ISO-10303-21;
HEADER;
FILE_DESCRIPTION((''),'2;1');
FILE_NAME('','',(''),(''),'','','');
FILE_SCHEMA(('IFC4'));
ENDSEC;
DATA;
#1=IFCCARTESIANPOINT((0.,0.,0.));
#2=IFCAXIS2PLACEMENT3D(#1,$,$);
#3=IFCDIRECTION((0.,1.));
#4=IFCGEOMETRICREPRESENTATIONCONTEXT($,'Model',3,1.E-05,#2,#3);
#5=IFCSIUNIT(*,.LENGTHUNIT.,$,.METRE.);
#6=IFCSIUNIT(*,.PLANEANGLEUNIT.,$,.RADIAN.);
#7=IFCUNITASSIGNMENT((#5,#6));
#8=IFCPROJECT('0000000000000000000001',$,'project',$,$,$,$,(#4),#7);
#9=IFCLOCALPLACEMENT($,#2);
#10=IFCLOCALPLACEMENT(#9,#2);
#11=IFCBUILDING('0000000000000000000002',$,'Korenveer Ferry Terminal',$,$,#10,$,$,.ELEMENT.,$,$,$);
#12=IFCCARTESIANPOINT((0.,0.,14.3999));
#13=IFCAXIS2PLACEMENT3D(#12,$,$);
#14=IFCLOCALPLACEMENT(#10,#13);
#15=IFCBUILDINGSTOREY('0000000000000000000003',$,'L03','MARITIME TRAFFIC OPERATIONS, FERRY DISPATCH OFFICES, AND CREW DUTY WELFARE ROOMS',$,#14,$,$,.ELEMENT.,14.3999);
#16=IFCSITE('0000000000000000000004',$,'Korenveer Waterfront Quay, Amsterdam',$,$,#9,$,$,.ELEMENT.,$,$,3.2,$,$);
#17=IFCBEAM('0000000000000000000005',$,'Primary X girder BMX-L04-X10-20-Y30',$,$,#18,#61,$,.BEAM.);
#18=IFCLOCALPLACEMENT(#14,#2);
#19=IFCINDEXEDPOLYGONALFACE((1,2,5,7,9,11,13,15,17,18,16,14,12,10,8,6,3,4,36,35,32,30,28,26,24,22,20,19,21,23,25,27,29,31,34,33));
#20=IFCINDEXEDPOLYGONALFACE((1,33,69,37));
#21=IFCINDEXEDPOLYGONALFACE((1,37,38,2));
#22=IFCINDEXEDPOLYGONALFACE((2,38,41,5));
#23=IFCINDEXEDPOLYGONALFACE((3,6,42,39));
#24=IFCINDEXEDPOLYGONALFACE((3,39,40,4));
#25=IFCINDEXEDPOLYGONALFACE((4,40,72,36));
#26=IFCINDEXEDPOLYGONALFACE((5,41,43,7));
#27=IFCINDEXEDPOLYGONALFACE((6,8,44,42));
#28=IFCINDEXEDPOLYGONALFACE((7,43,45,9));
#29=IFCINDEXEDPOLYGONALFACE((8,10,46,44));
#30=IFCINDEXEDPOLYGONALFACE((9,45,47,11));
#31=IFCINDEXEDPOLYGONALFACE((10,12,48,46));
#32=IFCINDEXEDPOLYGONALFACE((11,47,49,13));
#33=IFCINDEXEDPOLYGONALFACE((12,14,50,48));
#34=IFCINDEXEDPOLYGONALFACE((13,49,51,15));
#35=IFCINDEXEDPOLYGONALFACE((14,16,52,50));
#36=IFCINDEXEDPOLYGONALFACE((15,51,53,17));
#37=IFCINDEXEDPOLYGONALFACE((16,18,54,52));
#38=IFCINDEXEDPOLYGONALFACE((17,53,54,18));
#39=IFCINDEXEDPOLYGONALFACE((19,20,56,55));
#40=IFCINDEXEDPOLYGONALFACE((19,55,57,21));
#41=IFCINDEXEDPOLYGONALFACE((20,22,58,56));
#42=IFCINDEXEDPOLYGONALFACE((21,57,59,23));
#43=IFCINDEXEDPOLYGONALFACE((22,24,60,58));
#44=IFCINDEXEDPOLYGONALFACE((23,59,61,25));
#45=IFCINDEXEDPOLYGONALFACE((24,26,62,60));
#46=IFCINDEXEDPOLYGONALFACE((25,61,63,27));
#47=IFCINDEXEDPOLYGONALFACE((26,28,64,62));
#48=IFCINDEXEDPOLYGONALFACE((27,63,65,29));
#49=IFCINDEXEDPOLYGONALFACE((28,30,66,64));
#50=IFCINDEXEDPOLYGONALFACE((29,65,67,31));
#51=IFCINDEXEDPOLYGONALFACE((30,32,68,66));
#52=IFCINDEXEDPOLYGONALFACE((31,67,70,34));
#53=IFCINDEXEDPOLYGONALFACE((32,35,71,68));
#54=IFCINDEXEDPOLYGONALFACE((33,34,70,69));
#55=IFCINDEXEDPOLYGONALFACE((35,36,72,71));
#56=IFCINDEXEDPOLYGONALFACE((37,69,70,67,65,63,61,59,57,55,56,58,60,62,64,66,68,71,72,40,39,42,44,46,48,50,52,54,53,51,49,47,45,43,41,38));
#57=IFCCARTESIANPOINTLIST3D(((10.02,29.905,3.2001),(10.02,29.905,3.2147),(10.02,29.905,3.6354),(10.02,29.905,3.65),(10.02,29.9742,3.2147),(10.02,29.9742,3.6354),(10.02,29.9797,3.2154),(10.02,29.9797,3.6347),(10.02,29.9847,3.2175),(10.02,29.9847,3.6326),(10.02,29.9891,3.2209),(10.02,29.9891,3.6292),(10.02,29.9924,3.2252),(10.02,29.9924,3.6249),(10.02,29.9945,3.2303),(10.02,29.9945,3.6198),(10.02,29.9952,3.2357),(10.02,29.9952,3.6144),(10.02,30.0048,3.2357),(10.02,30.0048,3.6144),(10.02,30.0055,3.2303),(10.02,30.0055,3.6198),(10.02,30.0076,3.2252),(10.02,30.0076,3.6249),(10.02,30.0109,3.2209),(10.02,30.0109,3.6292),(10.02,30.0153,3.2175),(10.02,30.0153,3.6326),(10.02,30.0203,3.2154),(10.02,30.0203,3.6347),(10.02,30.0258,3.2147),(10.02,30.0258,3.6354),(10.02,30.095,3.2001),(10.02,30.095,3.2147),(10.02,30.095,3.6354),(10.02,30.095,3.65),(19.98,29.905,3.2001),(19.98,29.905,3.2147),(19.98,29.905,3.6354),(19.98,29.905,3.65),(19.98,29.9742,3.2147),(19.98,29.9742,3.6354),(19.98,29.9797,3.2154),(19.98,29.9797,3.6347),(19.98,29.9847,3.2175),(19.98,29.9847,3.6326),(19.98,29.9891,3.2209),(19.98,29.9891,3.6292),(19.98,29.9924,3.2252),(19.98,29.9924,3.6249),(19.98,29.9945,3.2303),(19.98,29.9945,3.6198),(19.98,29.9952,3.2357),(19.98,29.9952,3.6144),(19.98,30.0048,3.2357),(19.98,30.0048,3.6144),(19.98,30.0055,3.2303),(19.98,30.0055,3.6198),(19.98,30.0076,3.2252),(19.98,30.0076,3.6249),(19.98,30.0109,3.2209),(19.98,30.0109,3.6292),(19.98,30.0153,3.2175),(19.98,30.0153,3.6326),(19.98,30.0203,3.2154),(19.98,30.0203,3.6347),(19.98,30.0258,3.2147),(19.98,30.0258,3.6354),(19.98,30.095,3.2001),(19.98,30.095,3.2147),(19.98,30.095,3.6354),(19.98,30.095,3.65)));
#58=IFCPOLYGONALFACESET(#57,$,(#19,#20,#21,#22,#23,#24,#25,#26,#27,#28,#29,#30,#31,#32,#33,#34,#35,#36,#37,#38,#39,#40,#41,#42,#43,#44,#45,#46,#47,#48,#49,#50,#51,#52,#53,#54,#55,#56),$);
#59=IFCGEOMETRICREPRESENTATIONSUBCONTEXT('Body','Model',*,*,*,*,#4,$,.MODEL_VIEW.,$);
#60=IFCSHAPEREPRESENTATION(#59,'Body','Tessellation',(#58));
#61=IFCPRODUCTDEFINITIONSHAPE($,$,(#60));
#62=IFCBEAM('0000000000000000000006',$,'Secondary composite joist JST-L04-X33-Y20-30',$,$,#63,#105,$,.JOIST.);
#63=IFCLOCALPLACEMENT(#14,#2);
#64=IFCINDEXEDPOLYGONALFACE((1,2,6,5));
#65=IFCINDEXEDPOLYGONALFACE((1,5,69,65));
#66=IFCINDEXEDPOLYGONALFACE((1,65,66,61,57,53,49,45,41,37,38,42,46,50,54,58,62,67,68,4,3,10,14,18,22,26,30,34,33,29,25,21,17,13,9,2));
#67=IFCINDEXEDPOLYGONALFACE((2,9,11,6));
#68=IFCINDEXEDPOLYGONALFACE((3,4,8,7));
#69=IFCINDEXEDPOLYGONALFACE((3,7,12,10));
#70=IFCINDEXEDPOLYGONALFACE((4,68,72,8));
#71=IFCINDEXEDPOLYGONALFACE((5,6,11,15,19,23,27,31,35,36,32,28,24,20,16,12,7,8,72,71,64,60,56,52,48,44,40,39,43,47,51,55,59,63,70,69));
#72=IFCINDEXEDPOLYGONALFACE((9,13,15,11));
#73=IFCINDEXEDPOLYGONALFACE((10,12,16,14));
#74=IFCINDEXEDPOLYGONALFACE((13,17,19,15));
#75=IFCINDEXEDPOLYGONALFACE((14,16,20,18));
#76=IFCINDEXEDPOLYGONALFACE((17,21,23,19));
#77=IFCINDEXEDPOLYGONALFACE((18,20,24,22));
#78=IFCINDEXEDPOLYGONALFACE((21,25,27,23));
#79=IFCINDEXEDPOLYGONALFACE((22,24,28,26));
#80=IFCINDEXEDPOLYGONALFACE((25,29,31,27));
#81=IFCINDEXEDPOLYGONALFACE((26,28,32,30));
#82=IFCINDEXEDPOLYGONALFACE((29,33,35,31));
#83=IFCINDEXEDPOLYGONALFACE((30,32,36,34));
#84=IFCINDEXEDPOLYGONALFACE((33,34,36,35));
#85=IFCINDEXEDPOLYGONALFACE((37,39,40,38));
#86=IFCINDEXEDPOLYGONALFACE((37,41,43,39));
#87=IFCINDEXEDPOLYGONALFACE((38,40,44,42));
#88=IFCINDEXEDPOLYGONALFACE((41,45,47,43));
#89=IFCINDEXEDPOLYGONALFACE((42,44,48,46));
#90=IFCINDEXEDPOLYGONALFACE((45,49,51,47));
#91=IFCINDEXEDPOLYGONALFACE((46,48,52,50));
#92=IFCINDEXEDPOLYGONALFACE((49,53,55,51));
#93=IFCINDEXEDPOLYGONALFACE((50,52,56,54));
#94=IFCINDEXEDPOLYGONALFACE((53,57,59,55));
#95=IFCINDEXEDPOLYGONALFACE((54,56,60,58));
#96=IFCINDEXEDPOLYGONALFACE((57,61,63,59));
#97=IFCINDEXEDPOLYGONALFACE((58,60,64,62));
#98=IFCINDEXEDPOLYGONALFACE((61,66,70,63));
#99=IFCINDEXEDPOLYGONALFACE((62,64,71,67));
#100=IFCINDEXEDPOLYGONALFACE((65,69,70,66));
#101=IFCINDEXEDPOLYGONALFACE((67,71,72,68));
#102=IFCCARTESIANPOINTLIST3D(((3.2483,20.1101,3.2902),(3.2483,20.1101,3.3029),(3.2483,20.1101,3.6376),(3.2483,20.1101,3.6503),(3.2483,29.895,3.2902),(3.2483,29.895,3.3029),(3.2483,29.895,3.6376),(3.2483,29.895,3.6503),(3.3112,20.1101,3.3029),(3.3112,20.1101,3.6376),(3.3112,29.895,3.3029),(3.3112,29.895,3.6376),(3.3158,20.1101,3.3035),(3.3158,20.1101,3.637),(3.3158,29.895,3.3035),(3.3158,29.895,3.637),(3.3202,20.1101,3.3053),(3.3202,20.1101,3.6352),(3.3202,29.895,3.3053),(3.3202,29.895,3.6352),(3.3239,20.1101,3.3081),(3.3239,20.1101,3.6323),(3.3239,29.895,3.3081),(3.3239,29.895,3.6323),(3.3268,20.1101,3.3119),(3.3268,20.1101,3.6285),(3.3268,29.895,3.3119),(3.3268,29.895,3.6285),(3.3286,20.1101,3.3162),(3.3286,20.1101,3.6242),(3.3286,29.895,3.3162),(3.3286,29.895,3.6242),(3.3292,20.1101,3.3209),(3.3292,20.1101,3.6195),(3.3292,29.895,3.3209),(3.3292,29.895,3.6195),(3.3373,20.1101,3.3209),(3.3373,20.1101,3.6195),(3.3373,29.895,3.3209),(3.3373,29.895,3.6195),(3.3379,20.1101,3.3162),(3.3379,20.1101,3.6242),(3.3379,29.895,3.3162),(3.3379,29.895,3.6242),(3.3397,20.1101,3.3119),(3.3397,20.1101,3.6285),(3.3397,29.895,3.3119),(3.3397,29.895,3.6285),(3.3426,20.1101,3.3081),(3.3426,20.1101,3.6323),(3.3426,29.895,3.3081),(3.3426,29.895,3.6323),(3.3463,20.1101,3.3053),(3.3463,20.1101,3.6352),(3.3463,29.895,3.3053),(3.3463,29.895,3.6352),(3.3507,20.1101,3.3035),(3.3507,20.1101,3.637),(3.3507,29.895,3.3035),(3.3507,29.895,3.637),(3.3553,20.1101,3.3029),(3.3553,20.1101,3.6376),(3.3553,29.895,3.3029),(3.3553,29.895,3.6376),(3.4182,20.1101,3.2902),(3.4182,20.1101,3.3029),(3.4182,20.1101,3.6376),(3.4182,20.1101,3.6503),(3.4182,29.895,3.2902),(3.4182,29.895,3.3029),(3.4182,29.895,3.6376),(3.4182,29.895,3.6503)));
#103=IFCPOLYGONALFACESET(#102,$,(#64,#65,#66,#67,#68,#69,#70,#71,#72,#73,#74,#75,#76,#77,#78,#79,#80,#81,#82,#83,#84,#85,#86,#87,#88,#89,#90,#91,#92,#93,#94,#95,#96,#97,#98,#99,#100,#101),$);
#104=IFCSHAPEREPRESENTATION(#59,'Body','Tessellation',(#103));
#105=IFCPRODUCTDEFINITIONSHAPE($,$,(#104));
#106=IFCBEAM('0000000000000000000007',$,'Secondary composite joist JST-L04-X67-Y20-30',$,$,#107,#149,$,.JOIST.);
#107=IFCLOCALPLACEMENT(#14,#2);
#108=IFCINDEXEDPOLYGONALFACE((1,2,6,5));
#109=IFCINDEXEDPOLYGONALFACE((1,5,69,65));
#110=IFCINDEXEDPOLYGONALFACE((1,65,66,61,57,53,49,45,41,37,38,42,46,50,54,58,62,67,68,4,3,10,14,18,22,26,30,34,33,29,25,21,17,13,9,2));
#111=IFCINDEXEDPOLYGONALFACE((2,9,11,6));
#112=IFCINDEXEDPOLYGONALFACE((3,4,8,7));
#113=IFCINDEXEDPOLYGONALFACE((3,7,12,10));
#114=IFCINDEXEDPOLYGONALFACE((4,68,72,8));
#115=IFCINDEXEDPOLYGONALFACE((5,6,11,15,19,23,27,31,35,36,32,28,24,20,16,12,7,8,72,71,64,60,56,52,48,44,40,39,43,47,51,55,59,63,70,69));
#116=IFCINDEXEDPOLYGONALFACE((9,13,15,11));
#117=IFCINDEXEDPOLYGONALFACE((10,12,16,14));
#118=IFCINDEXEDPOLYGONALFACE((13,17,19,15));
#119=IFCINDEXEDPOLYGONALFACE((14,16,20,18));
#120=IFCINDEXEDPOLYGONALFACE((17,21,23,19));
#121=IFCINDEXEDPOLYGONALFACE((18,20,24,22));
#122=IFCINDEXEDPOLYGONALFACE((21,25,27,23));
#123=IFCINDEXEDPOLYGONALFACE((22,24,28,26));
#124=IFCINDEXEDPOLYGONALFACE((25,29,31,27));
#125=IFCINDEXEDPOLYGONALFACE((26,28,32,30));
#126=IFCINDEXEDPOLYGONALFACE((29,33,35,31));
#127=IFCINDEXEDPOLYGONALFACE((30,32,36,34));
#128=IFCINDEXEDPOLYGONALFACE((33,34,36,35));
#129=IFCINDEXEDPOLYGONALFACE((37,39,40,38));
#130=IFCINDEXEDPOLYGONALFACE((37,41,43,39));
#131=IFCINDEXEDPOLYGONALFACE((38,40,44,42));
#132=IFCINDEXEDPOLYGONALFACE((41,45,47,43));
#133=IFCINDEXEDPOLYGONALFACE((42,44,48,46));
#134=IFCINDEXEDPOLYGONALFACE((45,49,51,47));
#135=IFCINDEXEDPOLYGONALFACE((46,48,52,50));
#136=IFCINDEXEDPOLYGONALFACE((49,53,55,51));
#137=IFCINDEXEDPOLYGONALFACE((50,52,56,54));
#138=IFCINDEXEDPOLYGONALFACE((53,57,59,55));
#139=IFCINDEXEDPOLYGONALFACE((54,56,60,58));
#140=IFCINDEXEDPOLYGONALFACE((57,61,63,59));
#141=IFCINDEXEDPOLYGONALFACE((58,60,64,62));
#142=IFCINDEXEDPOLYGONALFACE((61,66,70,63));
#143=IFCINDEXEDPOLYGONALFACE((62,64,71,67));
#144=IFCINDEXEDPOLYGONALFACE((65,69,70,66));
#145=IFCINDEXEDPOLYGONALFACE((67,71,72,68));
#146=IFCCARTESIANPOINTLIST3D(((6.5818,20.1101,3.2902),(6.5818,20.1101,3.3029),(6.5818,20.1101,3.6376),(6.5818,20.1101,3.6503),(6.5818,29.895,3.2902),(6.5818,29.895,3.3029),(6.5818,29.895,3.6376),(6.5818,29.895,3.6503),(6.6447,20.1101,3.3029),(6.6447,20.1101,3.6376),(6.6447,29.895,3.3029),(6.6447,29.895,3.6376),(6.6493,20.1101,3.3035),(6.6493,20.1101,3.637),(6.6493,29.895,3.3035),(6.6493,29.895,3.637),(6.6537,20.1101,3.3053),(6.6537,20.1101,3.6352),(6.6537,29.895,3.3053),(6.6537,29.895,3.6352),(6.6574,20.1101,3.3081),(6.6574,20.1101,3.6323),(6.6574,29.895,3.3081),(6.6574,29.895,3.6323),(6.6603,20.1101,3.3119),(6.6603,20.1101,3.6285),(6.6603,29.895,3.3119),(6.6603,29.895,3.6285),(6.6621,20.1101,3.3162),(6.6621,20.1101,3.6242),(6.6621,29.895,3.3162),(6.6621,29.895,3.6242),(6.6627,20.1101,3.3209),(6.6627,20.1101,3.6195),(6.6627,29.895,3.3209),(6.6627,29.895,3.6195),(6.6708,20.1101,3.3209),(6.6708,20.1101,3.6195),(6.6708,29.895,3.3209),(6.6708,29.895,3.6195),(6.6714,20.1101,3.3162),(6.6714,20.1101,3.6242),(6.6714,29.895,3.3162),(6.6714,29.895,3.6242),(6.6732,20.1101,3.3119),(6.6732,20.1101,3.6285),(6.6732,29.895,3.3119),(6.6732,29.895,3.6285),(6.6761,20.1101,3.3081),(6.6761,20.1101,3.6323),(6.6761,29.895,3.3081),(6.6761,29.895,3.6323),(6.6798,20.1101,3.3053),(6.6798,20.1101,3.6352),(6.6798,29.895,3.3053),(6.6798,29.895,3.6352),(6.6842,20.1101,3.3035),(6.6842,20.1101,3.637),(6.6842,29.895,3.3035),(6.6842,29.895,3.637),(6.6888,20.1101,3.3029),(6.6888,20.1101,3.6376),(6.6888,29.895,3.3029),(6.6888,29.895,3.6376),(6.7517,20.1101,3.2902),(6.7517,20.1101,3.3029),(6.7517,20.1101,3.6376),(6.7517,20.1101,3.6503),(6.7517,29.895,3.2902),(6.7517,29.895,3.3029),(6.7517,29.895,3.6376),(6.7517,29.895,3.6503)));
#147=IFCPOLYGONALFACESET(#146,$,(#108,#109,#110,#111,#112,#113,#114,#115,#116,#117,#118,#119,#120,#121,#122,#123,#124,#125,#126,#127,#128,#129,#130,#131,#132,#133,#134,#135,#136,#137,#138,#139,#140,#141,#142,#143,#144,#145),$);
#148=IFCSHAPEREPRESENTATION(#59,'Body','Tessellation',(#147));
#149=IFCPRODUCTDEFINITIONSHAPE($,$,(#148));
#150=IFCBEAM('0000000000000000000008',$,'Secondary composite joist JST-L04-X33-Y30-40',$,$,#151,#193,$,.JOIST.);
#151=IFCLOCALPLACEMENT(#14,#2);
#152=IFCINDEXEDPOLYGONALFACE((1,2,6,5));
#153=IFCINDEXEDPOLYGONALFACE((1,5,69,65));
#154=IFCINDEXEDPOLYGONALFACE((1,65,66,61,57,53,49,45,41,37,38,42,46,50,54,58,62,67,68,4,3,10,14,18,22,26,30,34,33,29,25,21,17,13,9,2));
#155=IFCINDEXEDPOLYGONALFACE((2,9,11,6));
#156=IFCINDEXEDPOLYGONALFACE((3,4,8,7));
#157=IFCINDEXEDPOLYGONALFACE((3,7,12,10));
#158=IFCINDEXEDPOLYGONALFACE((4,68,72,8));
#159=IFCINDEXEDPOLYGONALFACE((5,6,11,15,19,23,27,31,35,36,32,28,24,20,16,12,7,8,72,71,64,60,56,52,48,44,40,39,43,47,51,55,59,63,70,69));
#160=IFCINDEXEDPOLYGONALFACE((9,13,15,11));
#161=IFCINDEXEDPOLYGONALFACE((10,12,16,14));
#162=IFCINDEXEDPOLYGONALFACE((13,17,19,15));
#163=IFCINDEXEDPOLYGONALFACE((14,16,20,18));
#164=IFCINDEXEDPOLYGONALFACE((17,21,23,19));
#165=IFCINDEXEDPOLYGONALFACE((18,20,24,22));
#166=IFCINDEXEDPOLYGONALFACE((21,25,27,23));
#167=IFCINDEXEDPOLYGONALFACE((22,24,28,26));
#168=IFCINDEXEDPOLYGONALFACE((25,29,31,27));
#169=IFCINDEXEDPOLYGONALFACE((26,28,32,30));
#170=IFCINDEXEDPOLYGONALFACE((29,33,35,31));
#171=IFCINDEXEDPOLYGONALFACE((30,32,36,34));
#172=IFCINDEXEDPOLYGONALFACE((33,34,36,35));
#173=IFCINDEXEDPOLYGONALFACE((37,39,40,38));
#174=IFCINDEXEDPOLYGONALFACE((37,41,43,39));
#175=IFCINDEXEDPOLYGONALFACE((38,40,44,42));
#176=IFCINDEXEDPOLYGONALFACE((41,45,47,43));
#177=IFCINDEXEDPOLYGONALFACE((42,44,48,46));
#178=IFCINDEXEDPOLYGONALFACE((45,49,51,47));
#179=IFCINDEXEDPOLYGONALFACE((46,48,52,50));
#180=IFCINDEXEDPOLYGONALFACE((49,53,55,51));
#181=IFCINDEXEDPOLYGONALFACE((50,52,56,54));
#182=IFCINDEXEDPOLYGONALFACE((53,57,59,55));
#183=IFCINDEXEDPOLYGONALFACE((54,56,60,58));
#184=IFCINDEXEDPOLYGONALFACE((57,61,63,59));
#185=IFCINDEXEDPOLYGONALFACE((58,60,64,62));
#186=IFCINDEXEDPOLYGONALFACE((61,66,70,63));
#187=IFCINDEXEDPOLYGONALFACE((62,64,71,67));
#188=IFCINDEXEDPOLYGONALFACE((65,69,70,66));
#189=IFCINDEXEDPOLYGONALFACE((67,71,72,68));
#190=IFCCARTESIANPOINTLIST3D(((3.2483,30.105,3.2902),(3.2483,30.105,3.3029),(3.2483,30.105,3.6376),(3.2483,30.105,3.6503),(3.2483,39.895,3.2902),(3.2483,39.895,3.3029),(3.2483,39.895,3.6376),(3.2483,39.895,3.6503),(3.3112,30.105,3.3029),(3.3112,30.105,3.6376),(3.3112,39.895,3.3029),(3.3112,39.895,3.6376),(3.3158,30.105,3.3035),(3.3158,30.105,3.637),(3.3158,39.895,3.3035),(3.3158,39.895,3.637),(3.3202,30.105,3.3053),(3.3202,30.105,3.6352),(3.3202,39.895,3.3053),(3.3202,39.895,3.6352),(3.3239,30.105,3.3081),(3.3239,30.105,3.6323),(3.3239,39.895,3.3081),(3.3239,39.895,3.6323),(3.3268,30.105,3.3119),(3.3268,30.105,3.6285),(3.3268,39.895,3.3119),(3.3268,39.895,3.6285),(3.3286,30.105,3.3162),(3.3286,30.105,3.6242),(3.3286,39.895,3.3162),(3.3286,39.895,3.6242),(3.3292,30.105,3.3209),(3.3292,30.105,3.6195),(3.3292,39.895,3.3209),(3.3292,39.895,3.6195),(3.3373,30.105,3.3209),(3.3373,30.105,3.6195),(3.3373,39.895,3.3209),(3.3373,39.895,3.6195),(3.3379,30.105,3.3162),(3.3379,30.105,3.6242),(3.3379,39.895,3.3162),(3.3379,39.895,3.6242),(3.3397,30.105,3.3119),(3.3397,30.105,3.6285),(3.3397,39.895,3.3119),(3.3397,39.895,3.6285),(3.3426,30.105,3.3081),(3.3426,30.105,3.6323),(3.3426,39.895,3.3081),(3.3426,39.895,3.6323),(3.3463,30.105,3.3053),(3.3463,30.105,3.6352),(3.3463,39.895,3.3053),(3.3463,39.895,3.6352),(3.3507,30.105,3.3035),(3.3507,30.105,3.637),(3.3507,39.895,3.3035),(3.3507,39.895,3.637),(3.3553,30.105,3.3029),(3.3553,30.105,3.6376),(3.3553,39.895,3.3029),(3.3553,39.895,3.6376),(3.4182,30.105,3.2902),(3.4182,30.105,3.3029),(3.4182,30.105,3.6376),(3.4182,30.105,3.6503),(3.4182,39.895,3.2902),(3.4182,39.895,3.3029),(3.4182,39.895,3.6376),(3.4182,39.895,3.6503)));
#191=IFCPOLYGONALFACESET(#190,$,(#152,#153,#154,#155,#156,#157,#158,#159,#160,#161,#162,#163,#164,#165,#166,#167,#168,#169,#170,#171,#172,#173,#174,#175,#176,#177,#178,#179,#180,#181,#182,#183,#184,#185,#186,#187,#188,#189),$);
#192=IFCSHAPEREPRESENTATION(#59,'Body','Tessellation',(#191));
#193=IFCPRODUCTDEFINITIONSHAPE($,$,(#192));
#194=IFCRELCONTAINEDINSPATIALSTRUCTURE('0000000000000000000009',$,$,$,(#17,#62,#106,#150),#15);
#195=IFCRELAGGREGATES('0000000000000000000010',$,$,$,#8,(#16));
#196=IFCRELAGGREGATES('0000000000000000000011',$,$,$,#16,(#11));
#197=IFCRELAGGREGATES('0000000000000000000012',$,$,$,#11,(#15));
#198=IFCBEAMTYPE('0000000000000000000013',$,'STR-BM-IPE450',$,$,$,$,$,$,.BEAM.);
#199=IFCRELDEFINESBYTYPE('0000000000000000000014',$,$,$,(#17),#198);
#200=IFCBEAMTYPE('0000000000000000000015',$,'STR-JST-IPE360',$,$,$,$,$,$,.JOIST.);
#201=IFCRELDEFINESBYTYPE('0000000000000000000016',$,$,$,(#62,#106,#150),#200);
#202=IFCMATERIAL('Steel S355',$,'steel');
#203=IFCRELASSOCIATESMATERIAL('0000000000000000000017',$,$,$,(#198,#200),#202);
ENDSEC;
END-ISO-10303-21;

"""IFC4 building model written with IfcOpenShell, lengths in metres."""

from ifc_helpers import new_model, si_unit, direction, frame, origin, origin_2d, place, context, subcontext, project, spatial, i_section, extrude, material, material_profile, profile_set, type_object, element, save


model = new_model("IFC4")

# Units and contexts
model_context = context("Model", 3, precision=1e-05, world=origin(), true_north=direction((0.0, 1.0)))
body_context = subcontext(model_context, "Body", "Model", "MODEL_VIEW")
ifc_project = project(units=[si_unit("LENGTHUNIT", "METRE"), si_unit("PLANEANGLEUNIT", "RADIAN")], contexts=[model_context])

# Site, building, storey
site_placement = place(None, origin())
site = spatial("IfcSite", under=ifc_project, at=site_placement, Name="Korenveer Waterfront Quay, Amsterdam", CompositionType="ELEMENT", RefElevation=3.2)
building_placement = place(site_placement, origin())
building = spatial("IfcBuilding", under=site, at=building_placement, Name="Korenveer Ferry Terminal", CompositionType="ELEMENT")
storey_placement = place(building_placement, frame((0.0, 0.0, 14.3999)))
storey = spatial("IfcBuildingStorey", under=building, at=storey_placement, Name="L03", Description="MARITIME TRAFFIC OPERATIONS, FERRY DISPATCH OFFICES, AND CREW DUTY WELFARE ROOMS", CompositionType="ELEMENT", Elevation=14.3999)

# Beams
ifc_material_1 = material(Name="Steel S355", Category="steel")
ifc_material_profile_1 = material_profile(ifc_material_1, i_section(OverallWidth=0.1899, OverallDepth=0.45, WebThickness=0.0095, FlangeThickness=0.0146, FilletRadius=0.021, at=origin_2d()), Name="IPE 450")
ifc_profile_set_1 = profile_set([ifc_material_profile_1], Name="Steel S355")
beam_type_1 = type_object("IfcBeamType", Name="STR-BM-IPE450", PredefinedType="BEAM", material=ifc_profile_set_1)
for number, where, z_axis, x_axis, name in (
    (1, (10.02, 30.0, 3.425), (1.0, 0.0, 0.0), (0.0, 1.0, 0.0), "Primary X girder BMX-L04-X10-20-Y30"),
):
    element("IfcBeam", number, at=place(storey_placement, frame(where, z_axis=z_axis, x_axis=x_axis)), inside=storey, type_object=beam_type_1, Name=name, PredefinedType="BEAM", context=body_context, shape_type="SweptSolid", body=[
        extrude(i_section(OverallWidth=0.1899, OverallDepth=0.45, WebThickness=0.0095, FlangeThickness=0.0146, FilletRadius=0.021, at=origin_2d()), origin(), (0.0, 0.0, 1.0), 9.96),
    ])
ifc_material_profile_2 = material_profile(ifc_material_1, i_section(OverallWidth=0.1699, OverallDepth=0.3601, WebThickness=0.0081, FlangeThickness=0.0127, FilletRadius=0.0181, at=origin_2d()), Name="IPE 360")
ifc_profile_set_2 = profile_set([ifc_material_profile_2], Name="Steel S355")
beam_type_2 = type_object("IfcBeamType", Name="STR-JST-IPE360", PredefinedType="JOIST", material=ifc_profile_set_2)
for number, where, z_axis, x_axis, name in (
    (2, (3.3333, 20.1101, 3.4702), (0.0, 1.0, 0.0), (-1.0, 0.0, 0.0), "Secondary composite joist JST-L04-X33-Y20-30"),
    (3, (6.6667, 20.1101, 3.4702), (0.0, 1.0, 0.0), (-1.0, 0.0, 0.0), "Secondary composite joist JST-L04-X67-Y20-30"),
):
    element("IfcBeam", number, at=place(storey_placement, frame(where, z_axis=z_axis, x_axis=x_axis)), inside=storey, type_object=beam_type_2, Name=name, PredefinedType="JOIST", context=body_context, shape_type="SweptSolid", body=[
        extrude(i_section(OverallWidth=0.1699, OverallDepth=0.3601, WebThickness=0.0081, FlangeThickness=0.0127, FilletRadius=0.0181, at=origin_2d()), origin(), (0.0, 0.0, 1.0), 9.7849),
    ])
for number, where, z_axis, x_axis, name in (
    (4, (3.3333, 30.105, 3.4702), (0.0, 1.0, 0.0), (-1.0, 0.0, 0.0), "Secondary composite joist JST-L04-X33-Y30-40"),
):
    element("IfcBeam", number, at=place(storey_placement, frame(where, z_axis=z_axis, x_axis=x_axis)), inside=storey, type_object=beam_type_2, Name=name, PredefinedType="JOIST", context=body_context, shape_type="SweptSolid", body=[
        extrude(i_section(OverallWidth=0.1699, OverallDepth=0.3601, WebThickness=0.0081, FlangeThickness=0.0127, FilletRadius=0.0181, at=origin_2d()), origin(), (0.0, 0.0, 1.0), 9.79),
    ])

save(model, "model.ifc")
